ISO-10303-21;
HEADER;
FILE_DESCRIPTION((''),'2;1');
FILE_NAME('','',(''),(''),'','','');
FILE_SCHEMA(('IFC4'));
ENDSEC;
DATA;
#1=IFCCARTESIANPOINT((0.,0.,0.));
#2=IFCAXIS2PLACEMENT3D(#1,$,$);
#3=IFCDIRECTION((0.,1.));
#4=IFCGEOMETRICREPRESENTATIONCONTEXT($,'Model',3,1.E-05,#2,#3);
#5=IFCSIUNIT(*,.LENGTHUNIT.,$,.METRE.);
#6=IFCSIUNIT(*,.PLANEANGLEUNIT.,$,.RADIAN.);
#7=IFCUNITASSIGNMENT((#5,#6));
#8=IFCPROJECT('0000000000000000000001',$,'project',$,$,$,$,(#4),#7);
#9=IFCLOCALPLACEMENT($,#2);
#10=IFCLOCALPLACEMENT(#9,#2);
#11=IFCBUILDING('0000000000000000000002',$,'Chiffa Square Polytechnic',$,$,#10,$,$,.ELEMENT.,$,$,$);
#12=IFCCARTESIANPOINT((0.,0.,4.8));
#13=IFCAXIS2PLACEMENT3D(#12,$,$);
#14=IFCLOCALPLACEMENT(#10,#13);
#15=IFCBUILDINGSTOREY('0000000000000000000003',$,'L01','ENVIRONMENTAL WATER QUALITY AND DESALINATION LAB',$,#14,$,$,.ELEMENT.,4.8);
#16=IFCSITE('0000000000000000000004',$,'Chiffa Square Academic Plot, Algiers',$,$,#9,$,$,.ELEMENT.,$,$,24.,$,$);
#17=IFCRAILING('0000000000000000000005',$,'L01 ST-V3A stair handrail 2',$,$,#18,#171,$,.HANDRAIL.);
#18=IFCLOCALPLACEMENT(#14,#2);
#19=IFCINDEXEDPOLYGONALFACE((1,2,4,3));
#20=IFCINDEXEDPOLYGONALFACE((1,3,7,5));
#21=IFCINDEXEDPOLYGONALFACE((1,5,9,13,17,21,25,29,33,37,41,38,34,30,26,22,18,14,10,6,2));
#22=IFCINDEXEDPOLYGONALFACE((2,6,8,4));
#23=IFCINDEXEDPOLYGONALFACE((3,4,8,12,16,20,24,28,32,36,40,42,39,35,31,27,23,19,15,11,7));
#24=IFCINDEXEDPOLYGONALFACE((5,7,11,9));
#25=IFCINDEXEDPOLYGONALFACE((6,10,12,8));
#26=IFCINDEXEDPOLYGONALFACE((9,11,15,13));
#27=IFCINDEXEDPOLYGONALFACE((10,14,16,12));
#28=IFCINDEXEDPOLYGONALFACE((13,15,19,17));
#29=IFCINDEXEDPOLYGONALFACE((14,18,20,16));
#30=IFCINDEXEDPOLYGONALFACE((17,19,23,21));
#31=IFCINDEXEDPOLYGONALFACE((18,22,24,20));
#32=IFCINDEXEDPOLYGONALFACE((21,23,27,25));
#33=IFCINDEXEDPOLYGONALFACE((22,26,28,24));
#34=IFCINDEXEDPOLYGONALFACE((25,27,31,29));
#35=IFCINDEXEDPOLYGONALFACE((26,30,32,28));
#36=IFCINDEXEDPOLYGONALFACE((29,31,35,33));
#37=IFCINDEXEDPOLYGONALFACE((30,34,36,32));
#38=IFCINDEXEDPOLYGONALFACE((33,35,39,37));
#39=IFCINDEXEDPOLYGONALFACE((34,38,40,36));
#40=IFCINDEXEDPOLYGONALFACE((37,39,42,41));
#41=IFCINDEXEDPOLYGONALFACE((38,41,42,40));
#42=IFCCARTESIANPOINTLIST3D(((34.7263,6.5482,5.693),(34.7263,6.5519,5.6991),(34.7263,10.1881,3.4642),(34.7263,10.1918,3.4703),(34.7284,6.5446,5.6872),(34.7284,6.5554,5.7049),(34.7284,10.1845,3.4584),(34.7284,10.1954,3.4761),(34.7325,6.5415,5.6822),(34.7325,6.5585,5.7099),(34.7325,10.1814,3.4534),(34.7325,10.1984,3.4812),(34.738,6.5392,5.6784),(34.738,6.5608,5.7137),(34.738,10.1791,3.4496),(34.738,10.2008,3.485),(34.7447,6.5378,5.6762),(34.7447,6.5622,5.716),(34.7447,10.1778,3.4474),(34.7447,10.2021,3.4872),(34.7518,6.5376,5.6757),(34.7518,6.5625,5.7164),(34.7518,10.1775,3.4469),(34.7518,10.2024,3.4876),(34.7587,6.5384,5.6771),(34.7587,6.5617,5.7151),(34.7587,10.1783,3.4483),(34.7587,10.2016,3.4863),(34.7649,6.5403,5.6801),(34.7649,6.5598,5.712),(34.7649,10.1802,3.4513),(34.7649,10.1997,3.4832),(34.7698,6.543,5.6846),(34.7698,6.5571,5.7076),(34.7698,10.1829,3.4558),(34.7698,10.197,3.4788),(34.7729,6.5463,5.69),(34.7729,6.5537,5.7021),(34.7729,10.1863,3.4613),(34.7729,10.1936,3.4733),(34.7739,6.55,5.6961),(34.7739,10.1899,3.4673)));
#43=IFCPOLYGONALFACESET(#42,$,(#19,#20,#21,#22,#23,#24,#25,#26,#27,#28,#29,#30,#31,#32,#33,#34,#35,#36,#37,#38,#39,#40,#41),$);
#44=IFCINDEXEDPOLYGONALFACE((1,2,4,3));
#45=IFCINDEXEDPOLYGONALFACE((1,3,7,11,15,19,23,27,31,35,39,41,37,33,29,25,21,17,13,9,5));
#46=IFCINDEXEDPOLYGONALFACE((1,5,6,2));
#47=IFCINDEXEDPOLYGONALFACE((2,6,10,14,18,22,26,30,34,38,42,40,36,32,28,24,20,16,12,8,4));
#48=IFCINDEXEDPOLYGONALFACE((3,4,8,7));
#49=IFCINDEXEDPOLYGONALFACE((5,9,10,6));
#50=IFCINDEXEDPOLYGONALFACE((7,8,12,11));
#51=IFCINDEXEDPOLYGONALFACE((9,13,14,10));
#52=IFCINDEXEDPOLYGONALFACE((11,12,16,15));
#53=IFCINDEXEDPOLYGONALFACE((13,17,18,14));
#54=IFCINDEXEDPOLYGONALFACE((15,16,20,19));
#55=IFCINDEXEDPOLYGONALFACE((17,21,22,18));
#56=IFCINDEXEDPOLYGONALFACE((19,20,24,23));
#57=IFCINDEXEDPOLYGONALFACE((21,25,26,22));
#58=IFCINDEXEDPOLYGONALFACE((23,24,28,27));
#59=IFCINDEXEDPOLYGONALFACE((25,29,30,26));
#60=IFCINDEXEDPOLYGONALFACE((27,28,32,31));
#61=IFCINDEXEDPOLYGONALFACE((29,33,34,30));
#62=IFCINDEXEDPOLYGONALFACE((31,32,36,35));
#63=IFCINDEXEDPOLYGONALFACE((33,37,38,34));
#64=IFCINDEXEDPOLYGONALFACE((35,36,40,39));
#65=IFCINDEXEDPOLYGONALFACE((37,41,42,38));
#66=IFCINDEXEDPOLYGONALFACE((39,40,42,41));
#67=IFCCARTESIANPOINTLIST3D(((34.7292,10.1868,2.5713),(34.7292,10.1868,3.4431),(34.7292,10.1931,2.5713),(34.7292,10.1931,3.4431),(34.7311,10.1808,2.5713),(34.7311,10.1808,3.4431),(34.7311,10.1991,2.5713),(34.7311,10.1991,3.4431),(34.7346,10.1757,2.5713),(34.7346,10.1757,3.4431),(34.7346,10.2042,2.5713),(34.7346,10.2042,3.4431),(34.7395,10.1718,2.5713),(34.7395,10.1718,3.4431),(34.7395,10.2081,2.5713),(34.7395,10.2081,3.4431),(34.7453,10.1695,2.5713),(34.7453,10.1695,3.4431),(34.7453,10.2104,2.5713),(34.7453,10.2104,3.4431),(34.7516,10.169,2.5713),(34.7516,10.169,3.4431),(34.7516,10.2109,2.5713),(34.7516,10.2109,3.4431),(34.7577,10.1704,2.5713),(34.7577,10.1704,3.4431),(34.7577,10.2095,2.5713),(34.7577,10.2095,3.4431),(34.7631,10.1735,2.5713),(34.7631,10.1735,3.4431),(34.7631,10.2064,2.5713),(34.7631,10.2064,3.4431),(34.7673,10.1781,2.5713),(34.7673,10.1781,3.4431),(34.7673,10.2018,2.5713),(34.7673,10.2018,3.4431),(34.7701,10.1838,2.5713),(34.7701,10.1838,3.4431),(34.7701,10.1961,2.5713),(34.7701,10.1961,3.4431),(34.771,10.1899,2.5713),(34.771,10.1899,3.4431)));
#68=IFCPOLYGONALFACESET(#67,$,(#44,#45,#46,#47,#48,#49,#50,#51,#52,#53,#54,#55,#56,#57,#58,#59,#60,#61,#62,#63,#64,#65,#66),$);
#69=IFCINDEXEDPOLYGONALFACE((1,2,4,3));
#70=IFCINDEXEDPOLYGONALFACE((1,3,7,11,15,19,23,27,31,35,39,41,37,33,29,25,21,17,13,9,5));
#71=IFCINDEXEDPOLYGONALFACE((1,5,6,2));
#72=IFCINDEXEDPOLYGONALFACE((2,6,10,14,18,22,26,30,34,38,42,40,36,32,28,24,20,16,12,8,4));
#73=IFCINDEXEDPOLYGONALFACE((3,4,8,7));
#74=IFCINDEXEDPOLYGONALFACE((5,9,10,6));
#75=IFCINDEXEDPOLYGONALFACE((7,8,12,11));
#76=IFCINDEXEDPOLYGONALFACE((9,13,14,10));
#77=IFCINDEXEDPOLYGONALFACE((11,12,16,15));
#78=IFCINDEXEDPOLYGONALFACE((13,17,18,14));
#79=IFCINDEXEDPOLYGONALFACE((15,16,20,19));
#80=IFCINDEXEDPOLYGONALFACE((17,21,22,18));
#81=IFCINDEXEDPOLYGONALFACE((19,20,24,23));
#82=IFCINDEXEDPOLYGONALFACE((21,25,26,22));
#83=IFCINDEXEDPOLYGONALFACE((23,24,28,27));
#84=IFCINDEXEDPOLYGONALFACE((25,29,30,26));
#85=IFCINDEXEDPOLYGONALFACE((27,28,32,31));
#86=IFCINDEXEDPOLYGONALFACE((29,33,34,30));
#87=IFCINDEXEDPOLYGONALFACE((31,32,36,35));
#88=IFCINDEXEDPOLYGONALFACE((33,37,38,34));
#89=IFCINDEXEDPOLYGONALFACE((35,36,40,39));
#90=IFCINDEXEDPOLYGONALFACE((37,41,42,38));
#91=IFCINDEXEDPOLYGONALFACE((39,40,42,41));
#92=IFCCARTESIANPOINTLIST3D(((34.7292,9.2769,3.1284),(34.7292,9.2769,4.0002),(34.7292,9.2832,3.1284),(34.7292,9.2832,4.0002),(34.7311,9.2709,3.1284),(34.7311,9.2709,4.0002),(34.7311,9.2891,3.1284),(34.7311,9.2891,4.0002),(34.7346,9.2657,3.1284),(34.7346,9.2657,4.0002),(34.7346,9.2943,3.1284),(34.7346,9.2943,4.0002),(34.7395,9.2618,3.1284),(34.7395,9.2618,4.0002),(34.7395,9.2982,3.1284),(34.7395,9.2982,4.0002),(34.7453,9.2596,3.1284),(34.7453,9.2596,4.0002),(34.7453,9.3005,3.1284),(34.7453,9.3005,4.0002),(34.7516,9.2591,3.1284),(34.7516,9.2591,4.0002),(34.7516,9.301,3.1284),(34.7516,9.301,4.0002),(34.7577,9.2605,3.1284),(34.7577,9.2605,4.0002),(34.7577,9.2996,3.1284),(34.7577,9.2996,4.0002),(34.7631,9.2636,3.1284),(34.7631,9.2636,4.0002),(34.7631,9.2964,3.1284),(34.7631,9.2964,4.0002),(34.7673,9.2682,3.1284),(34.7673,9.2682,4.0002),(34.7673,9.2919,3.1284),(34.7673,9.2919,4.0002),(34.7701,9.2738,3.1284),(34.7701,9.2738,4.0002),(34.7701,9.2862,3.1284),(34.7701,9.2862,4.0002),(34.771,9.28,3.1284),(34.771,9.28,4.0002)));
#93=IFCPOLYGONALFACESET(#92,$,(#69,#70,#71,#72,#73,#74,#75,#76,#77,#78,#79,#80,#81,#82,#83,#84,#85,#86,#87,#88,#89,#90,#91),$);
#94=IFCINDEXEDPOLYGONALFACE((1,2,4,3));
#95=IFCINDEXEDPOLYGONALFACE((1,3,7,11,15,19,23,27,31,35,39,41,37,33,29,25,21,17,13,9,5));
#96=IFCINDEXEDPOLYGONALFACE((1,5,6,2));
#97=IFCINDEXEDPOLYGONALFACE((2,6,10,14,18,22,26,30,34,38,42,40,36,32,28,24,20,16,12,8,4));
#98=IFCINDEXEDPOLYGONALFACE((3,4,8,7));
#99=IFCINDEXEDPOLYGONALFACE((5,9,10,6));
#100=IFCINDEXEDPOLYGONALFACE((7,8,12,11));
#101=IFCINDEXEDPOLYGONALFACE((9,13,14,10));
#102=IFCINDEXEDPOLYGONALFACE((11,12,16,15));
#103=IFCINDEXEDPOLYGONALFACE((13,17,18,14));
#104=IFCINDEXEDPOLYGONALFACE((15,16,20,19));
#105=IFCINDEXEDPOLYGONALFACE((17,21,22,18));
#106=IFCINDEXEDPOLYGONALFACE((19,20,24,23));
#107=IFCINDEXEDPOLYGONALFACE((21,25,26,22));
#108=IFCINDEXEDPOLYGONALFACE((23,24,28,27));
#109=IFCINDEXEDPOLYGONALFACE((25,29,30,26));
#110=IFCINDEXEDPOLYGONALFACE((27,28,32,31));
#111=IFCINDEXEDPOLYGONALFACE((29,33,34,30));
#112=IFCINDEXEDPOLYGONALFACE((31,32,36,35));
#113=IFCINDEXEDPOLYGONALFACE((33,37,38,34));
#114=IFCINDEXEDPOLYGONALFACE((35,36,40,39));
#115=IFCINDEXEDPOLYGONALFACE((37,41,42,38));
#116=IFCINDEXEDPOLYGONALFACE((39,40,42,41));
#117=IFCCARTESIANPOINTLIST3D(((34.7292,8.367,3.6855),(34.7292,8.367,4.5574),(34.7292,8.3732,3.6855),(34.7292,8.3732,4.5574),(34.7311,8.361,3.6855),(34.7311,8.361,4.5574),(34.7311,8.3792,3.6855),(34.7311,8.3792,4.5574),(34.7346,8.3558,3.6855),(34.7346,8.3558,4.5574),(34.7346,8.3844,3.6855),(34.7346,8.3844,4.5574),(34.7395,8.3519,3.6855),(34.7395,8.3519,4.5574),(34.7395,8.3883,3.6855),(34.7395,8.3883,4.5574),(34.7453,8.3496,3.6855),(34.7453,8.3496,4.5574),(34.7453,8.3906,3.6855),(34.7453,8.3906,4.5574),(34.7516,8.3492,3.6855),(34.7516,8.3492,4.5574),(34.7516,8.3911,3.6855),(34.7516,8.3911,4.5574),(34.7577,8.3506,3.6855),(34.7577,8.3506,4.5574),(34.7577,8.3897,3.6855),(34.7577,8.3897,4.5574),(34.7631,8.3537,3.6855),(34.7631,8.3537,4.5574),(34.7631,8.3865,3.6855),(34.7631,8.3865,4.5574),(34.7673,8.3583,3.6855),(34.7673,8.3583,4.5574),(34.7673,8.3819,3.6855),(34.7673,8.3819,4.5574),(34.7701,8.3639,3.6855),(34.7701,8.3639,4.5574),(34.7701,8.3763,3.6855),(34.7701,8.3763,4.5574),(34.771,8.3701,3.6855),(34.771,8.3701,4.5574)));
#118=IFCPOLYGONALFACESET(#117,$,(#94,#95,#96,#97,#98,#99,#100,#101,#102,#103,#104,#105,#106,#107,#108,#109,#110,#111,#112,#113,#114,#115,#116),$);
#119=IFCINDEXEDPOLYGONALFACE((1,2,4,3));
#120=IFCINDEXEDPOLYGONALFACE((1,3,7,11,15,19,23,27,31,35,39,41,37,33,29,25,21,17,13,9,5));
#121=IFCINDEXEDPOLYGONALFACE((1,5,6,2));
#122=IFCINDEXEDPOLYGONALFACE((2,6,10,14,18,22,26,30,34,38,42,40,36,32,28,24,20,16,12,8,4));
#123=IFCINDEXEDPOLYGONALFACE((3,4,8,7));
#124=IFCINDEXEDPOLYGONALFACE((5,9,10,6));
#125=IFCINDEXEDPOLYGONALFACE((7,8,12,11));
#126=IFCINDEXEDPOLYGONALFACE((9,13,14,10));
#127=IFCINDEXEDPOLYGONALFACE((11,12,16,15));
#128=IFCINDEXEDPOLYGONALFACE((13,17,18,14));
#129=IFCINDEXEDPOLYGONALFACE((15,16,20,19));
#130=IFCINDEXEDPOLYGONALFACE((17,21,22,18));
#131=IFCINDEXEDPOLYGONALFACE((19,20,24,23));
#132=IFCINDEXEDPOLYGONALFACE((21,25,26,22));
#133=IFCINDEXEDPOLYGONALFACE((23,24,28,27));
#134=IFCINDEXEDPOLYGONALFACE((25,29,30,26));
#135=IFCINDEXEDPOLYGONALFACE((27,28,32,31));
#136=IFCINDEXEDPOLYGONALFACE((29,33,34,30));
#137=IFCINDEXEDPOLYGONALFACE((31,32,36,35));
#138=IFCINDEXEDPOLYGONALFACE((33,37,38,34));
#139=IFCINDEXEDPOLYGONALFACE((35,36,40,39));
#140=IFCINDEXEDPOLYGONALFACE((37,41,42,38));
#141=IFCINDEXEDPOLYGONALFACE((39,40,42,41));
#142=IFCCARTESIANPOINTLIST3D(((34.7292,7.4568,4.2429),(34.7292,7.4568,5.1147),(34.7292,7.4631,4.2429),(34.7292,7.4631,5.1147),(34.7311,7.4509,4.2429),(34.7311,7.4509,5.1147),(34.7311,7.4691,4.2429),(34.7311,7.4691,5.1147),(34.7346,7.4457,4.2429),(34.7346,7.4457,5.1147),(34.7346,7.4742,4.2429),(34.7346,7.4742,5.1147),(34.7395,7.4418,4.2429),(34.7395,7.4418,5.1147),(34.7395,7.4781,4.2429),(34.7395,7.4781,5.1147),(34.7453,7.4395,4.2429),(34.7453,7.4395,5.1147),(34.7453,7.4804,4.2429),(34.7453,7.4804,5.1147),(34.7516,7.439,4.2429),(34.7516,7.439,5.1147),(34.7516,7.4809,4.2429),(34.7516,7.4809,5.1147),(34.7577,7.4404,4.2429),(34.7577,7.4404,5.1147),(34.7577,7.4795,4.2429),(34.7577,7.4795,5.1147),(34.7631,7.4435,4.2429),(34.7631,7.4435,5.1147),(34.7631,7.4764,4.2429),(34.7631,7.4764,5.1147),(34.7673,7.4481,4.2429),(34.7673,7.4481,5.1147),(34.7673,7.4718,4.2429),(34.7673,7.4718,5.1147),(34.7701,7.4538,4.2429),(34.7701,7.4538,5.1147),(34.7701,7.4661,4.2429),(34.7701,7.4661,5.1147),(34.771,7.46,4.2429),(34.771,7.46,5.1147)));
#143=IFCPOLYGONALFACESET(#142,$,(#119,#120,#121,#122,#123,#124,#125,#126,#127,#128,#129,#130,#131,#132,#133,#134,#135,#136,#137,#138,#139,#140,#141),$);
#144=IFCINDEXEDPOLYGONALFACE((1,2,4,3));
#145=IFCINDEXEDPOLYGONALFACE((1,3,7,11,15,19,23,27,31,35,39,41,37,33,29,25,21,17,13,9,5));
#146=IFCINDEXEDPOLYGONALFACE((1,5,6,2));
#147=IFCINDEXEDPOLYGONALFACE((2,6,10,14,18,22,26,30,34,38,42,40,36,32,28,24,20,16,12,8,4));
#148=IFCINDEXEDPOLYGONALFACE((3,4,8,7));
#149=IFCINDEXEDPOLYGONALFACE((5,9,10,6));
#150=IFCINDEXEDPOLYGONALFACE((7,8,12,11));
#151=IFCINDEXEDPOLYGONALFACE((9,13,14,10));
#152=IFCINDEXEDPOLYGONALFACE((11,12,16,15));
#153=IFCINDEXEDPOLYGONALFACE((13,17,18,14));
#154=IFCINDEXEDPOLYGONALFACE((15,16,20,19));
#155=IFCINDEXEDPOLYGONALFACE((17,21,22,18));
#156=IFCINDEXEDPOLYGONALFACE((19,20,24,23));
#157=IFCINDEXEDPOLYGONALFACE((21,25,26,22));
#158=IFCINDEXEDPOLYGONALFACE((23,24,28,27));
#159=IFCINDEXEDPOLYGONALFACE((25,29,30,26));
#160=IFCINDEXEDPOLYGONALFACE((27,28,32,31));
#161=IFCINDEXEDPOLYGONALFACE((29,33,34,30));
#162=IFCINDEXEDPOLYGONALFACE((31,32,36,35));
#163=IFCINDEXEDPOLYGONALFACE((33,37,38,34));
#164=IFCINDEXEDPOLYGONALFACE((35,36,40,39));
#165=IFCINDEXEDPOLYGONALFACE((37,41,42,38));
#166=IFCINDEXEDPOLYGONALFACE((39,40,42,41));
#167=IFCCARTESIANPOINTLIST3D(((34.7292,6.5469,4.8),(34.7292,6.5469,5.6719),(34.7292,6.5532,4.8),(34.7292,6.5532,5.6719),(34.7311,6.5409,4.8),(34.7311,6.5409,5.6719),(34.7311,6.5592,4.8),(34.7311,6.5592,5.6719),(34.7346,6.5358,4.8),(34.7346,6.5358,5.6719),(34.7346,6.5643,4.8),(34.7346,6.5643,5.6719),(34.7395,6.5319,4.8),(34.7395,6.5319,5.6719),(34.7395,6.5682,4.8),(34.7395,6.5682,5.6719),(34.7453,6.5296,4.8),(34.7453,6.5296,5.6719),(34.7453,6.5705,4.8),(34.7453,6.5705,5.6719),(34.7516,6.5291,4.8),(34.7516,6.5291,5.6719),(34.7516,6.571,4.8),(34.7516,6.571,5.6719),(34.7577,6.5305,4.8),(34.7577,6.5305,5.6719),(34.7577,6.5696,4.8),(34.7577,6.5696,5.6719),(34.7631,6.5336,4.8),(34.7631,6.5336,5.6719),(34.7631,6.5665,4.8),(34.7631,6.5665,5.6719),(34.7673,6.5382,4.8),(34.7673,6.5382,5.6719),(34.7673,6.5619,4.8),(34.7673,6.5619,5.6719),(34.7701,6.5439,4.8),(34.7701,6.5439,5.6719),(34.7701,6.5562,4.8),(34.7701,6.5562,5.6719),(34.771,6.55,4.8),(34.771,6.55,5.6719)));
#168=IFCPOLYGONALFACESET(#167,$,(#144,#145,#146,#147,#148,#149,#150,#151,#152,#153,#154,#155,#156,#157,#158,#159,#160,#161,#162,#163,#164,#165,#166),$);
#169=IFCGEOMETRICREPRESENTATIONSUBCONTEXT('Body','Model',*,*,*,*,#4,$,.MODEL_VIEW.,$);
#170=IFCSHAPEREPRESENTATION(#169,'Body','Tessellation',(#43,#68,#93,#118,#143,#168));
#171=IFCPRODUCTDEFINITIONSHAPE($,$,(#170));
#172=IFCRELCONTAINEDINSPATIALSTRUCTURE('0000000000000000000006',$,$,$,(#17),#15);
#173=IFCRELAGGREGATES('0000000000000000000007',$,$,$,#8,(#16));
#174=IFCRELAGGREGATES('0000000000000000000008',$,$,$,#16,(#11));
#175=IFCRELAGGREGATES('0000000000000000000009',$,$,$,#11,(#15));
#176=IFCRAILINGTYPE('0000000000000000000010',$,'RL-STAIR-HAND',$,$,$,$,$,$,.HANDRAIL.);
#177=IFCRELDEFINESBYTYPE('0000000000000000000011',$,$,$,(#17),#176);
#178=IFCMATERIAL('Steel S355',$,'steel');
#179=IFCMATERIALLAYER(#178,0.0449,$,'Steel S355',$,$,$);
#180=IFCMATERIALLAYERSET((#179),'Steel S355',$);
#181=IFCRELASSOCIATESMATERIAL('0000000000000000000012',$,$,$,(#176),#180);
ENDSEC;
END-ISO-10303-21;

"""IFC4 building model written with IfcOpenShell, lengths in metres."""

from ifc_helpers import new_model, si_unit, direction, frame, origin, origin_2d, place, context, subcontext, project, spatial, circle, extrude, material, layer, layer_set, type_object, element, save


model = new_model("IFC4")

# Units and contexts
model_context = context("Model", 3, precision=1e-05, world=origin(), true_north=direction((0.0, 1.0)))
body_context = subcontext(model_context, "Body", "Model", "MODEL_VIEW")
ifc_project = project(units=[si_unit("LENGTHUNIT", "METRE"), si_unit("PLANEANGLEUNIT", "RADIAN")], contexts=[model_context])

# Site, building, storey
site_placement = place(None, origin())
site = spatial("IfcSite", under=ifc_project, at=site_placement, Name="Chiffa Square Academic Plot, Algiers", CompositionType="ELEMENT", RefElevation=24.0)
building_placement = place(site_placement, origin())
building = spatial("IfcBuilding", under=site, at=building_placement, Name="Chiffa Square Polytechnic", CompositionType="ELEMENT")
storey_placement = place(building_placement, frame((0.0, 0.0, 4.8)))
storey = spatial("IfcBuildingStorey", under=building, at=storey_placement, Name="L01", Description="ENVIRONMENTAL WATER QUALITY AND DESALINATION LAB", CompositionType="ELEMENT", Elevation=4.8)

# Railing
ifc_material_1 = material(Name="Steel S355", Category="steel")
ifc_layer_1 = layer(ifc_material_1, 0.0449, Name="Steel S355")
ifc_layer_set_1 = layer_set([ifc_layer_1], Name="Steel S355")
railing_type_1 = type_object("IfcRailingType", Name="RL-STAIR-HAND", PredefinedType="HANDRAIL", material=ifc_layer_set_1)
for number, where, name in (
    (1, (34.75, 10.1899, 2.5713), "L01 ST-V3A stair handrail 2"),
):
    element("IfcRailing", number, at=place(storey_placement, frame(where)), inside=storey, type_object=railing_type_1, Name=name, PredefinedType="HANDRAIL", context=body_context, shape_type="SweptSolid", body=[
        extrude(circle(Radius=0.0239, at=origin_2d()), frame((0.0, 0.0, 0.896), z_axis=(0.0, -0.852825, 0.522197), x_axis=(1.0, 0.0, 0.0)), (0.0, 0.0, 1.0), 4.2681),
        extrude(circle(Radius=0.021, at=origin_2d()), origin(), (0.0, 0.0, 1.0), 0.8718),
        extrude(circle(Radius=0.021, at=origin_2d()), frame((0.0, -0.9099, 0.5571)), (0.0, 0.0, 1.0), 0.8718),
        extrude(circle(Radius=0.021, at=origin_2d()), frame((0.0, -1.8198, 1.1143)), (0.0, 0.0, 1.0), 0.8718),
        extrude(circle(Radius=0.021, at=origin_2d()), frame((0.0, -2.73, 1.6716)), (0.0, 0.0, 1.0), 0.8718),
        extrude(circle(Radius=0.021, at=origin_2d()), frame((0.0, -3.6399, 2.2288)), (0.0, 0.0, 1.0), 0.8718),
    ])

save(model, "model.ifc")
